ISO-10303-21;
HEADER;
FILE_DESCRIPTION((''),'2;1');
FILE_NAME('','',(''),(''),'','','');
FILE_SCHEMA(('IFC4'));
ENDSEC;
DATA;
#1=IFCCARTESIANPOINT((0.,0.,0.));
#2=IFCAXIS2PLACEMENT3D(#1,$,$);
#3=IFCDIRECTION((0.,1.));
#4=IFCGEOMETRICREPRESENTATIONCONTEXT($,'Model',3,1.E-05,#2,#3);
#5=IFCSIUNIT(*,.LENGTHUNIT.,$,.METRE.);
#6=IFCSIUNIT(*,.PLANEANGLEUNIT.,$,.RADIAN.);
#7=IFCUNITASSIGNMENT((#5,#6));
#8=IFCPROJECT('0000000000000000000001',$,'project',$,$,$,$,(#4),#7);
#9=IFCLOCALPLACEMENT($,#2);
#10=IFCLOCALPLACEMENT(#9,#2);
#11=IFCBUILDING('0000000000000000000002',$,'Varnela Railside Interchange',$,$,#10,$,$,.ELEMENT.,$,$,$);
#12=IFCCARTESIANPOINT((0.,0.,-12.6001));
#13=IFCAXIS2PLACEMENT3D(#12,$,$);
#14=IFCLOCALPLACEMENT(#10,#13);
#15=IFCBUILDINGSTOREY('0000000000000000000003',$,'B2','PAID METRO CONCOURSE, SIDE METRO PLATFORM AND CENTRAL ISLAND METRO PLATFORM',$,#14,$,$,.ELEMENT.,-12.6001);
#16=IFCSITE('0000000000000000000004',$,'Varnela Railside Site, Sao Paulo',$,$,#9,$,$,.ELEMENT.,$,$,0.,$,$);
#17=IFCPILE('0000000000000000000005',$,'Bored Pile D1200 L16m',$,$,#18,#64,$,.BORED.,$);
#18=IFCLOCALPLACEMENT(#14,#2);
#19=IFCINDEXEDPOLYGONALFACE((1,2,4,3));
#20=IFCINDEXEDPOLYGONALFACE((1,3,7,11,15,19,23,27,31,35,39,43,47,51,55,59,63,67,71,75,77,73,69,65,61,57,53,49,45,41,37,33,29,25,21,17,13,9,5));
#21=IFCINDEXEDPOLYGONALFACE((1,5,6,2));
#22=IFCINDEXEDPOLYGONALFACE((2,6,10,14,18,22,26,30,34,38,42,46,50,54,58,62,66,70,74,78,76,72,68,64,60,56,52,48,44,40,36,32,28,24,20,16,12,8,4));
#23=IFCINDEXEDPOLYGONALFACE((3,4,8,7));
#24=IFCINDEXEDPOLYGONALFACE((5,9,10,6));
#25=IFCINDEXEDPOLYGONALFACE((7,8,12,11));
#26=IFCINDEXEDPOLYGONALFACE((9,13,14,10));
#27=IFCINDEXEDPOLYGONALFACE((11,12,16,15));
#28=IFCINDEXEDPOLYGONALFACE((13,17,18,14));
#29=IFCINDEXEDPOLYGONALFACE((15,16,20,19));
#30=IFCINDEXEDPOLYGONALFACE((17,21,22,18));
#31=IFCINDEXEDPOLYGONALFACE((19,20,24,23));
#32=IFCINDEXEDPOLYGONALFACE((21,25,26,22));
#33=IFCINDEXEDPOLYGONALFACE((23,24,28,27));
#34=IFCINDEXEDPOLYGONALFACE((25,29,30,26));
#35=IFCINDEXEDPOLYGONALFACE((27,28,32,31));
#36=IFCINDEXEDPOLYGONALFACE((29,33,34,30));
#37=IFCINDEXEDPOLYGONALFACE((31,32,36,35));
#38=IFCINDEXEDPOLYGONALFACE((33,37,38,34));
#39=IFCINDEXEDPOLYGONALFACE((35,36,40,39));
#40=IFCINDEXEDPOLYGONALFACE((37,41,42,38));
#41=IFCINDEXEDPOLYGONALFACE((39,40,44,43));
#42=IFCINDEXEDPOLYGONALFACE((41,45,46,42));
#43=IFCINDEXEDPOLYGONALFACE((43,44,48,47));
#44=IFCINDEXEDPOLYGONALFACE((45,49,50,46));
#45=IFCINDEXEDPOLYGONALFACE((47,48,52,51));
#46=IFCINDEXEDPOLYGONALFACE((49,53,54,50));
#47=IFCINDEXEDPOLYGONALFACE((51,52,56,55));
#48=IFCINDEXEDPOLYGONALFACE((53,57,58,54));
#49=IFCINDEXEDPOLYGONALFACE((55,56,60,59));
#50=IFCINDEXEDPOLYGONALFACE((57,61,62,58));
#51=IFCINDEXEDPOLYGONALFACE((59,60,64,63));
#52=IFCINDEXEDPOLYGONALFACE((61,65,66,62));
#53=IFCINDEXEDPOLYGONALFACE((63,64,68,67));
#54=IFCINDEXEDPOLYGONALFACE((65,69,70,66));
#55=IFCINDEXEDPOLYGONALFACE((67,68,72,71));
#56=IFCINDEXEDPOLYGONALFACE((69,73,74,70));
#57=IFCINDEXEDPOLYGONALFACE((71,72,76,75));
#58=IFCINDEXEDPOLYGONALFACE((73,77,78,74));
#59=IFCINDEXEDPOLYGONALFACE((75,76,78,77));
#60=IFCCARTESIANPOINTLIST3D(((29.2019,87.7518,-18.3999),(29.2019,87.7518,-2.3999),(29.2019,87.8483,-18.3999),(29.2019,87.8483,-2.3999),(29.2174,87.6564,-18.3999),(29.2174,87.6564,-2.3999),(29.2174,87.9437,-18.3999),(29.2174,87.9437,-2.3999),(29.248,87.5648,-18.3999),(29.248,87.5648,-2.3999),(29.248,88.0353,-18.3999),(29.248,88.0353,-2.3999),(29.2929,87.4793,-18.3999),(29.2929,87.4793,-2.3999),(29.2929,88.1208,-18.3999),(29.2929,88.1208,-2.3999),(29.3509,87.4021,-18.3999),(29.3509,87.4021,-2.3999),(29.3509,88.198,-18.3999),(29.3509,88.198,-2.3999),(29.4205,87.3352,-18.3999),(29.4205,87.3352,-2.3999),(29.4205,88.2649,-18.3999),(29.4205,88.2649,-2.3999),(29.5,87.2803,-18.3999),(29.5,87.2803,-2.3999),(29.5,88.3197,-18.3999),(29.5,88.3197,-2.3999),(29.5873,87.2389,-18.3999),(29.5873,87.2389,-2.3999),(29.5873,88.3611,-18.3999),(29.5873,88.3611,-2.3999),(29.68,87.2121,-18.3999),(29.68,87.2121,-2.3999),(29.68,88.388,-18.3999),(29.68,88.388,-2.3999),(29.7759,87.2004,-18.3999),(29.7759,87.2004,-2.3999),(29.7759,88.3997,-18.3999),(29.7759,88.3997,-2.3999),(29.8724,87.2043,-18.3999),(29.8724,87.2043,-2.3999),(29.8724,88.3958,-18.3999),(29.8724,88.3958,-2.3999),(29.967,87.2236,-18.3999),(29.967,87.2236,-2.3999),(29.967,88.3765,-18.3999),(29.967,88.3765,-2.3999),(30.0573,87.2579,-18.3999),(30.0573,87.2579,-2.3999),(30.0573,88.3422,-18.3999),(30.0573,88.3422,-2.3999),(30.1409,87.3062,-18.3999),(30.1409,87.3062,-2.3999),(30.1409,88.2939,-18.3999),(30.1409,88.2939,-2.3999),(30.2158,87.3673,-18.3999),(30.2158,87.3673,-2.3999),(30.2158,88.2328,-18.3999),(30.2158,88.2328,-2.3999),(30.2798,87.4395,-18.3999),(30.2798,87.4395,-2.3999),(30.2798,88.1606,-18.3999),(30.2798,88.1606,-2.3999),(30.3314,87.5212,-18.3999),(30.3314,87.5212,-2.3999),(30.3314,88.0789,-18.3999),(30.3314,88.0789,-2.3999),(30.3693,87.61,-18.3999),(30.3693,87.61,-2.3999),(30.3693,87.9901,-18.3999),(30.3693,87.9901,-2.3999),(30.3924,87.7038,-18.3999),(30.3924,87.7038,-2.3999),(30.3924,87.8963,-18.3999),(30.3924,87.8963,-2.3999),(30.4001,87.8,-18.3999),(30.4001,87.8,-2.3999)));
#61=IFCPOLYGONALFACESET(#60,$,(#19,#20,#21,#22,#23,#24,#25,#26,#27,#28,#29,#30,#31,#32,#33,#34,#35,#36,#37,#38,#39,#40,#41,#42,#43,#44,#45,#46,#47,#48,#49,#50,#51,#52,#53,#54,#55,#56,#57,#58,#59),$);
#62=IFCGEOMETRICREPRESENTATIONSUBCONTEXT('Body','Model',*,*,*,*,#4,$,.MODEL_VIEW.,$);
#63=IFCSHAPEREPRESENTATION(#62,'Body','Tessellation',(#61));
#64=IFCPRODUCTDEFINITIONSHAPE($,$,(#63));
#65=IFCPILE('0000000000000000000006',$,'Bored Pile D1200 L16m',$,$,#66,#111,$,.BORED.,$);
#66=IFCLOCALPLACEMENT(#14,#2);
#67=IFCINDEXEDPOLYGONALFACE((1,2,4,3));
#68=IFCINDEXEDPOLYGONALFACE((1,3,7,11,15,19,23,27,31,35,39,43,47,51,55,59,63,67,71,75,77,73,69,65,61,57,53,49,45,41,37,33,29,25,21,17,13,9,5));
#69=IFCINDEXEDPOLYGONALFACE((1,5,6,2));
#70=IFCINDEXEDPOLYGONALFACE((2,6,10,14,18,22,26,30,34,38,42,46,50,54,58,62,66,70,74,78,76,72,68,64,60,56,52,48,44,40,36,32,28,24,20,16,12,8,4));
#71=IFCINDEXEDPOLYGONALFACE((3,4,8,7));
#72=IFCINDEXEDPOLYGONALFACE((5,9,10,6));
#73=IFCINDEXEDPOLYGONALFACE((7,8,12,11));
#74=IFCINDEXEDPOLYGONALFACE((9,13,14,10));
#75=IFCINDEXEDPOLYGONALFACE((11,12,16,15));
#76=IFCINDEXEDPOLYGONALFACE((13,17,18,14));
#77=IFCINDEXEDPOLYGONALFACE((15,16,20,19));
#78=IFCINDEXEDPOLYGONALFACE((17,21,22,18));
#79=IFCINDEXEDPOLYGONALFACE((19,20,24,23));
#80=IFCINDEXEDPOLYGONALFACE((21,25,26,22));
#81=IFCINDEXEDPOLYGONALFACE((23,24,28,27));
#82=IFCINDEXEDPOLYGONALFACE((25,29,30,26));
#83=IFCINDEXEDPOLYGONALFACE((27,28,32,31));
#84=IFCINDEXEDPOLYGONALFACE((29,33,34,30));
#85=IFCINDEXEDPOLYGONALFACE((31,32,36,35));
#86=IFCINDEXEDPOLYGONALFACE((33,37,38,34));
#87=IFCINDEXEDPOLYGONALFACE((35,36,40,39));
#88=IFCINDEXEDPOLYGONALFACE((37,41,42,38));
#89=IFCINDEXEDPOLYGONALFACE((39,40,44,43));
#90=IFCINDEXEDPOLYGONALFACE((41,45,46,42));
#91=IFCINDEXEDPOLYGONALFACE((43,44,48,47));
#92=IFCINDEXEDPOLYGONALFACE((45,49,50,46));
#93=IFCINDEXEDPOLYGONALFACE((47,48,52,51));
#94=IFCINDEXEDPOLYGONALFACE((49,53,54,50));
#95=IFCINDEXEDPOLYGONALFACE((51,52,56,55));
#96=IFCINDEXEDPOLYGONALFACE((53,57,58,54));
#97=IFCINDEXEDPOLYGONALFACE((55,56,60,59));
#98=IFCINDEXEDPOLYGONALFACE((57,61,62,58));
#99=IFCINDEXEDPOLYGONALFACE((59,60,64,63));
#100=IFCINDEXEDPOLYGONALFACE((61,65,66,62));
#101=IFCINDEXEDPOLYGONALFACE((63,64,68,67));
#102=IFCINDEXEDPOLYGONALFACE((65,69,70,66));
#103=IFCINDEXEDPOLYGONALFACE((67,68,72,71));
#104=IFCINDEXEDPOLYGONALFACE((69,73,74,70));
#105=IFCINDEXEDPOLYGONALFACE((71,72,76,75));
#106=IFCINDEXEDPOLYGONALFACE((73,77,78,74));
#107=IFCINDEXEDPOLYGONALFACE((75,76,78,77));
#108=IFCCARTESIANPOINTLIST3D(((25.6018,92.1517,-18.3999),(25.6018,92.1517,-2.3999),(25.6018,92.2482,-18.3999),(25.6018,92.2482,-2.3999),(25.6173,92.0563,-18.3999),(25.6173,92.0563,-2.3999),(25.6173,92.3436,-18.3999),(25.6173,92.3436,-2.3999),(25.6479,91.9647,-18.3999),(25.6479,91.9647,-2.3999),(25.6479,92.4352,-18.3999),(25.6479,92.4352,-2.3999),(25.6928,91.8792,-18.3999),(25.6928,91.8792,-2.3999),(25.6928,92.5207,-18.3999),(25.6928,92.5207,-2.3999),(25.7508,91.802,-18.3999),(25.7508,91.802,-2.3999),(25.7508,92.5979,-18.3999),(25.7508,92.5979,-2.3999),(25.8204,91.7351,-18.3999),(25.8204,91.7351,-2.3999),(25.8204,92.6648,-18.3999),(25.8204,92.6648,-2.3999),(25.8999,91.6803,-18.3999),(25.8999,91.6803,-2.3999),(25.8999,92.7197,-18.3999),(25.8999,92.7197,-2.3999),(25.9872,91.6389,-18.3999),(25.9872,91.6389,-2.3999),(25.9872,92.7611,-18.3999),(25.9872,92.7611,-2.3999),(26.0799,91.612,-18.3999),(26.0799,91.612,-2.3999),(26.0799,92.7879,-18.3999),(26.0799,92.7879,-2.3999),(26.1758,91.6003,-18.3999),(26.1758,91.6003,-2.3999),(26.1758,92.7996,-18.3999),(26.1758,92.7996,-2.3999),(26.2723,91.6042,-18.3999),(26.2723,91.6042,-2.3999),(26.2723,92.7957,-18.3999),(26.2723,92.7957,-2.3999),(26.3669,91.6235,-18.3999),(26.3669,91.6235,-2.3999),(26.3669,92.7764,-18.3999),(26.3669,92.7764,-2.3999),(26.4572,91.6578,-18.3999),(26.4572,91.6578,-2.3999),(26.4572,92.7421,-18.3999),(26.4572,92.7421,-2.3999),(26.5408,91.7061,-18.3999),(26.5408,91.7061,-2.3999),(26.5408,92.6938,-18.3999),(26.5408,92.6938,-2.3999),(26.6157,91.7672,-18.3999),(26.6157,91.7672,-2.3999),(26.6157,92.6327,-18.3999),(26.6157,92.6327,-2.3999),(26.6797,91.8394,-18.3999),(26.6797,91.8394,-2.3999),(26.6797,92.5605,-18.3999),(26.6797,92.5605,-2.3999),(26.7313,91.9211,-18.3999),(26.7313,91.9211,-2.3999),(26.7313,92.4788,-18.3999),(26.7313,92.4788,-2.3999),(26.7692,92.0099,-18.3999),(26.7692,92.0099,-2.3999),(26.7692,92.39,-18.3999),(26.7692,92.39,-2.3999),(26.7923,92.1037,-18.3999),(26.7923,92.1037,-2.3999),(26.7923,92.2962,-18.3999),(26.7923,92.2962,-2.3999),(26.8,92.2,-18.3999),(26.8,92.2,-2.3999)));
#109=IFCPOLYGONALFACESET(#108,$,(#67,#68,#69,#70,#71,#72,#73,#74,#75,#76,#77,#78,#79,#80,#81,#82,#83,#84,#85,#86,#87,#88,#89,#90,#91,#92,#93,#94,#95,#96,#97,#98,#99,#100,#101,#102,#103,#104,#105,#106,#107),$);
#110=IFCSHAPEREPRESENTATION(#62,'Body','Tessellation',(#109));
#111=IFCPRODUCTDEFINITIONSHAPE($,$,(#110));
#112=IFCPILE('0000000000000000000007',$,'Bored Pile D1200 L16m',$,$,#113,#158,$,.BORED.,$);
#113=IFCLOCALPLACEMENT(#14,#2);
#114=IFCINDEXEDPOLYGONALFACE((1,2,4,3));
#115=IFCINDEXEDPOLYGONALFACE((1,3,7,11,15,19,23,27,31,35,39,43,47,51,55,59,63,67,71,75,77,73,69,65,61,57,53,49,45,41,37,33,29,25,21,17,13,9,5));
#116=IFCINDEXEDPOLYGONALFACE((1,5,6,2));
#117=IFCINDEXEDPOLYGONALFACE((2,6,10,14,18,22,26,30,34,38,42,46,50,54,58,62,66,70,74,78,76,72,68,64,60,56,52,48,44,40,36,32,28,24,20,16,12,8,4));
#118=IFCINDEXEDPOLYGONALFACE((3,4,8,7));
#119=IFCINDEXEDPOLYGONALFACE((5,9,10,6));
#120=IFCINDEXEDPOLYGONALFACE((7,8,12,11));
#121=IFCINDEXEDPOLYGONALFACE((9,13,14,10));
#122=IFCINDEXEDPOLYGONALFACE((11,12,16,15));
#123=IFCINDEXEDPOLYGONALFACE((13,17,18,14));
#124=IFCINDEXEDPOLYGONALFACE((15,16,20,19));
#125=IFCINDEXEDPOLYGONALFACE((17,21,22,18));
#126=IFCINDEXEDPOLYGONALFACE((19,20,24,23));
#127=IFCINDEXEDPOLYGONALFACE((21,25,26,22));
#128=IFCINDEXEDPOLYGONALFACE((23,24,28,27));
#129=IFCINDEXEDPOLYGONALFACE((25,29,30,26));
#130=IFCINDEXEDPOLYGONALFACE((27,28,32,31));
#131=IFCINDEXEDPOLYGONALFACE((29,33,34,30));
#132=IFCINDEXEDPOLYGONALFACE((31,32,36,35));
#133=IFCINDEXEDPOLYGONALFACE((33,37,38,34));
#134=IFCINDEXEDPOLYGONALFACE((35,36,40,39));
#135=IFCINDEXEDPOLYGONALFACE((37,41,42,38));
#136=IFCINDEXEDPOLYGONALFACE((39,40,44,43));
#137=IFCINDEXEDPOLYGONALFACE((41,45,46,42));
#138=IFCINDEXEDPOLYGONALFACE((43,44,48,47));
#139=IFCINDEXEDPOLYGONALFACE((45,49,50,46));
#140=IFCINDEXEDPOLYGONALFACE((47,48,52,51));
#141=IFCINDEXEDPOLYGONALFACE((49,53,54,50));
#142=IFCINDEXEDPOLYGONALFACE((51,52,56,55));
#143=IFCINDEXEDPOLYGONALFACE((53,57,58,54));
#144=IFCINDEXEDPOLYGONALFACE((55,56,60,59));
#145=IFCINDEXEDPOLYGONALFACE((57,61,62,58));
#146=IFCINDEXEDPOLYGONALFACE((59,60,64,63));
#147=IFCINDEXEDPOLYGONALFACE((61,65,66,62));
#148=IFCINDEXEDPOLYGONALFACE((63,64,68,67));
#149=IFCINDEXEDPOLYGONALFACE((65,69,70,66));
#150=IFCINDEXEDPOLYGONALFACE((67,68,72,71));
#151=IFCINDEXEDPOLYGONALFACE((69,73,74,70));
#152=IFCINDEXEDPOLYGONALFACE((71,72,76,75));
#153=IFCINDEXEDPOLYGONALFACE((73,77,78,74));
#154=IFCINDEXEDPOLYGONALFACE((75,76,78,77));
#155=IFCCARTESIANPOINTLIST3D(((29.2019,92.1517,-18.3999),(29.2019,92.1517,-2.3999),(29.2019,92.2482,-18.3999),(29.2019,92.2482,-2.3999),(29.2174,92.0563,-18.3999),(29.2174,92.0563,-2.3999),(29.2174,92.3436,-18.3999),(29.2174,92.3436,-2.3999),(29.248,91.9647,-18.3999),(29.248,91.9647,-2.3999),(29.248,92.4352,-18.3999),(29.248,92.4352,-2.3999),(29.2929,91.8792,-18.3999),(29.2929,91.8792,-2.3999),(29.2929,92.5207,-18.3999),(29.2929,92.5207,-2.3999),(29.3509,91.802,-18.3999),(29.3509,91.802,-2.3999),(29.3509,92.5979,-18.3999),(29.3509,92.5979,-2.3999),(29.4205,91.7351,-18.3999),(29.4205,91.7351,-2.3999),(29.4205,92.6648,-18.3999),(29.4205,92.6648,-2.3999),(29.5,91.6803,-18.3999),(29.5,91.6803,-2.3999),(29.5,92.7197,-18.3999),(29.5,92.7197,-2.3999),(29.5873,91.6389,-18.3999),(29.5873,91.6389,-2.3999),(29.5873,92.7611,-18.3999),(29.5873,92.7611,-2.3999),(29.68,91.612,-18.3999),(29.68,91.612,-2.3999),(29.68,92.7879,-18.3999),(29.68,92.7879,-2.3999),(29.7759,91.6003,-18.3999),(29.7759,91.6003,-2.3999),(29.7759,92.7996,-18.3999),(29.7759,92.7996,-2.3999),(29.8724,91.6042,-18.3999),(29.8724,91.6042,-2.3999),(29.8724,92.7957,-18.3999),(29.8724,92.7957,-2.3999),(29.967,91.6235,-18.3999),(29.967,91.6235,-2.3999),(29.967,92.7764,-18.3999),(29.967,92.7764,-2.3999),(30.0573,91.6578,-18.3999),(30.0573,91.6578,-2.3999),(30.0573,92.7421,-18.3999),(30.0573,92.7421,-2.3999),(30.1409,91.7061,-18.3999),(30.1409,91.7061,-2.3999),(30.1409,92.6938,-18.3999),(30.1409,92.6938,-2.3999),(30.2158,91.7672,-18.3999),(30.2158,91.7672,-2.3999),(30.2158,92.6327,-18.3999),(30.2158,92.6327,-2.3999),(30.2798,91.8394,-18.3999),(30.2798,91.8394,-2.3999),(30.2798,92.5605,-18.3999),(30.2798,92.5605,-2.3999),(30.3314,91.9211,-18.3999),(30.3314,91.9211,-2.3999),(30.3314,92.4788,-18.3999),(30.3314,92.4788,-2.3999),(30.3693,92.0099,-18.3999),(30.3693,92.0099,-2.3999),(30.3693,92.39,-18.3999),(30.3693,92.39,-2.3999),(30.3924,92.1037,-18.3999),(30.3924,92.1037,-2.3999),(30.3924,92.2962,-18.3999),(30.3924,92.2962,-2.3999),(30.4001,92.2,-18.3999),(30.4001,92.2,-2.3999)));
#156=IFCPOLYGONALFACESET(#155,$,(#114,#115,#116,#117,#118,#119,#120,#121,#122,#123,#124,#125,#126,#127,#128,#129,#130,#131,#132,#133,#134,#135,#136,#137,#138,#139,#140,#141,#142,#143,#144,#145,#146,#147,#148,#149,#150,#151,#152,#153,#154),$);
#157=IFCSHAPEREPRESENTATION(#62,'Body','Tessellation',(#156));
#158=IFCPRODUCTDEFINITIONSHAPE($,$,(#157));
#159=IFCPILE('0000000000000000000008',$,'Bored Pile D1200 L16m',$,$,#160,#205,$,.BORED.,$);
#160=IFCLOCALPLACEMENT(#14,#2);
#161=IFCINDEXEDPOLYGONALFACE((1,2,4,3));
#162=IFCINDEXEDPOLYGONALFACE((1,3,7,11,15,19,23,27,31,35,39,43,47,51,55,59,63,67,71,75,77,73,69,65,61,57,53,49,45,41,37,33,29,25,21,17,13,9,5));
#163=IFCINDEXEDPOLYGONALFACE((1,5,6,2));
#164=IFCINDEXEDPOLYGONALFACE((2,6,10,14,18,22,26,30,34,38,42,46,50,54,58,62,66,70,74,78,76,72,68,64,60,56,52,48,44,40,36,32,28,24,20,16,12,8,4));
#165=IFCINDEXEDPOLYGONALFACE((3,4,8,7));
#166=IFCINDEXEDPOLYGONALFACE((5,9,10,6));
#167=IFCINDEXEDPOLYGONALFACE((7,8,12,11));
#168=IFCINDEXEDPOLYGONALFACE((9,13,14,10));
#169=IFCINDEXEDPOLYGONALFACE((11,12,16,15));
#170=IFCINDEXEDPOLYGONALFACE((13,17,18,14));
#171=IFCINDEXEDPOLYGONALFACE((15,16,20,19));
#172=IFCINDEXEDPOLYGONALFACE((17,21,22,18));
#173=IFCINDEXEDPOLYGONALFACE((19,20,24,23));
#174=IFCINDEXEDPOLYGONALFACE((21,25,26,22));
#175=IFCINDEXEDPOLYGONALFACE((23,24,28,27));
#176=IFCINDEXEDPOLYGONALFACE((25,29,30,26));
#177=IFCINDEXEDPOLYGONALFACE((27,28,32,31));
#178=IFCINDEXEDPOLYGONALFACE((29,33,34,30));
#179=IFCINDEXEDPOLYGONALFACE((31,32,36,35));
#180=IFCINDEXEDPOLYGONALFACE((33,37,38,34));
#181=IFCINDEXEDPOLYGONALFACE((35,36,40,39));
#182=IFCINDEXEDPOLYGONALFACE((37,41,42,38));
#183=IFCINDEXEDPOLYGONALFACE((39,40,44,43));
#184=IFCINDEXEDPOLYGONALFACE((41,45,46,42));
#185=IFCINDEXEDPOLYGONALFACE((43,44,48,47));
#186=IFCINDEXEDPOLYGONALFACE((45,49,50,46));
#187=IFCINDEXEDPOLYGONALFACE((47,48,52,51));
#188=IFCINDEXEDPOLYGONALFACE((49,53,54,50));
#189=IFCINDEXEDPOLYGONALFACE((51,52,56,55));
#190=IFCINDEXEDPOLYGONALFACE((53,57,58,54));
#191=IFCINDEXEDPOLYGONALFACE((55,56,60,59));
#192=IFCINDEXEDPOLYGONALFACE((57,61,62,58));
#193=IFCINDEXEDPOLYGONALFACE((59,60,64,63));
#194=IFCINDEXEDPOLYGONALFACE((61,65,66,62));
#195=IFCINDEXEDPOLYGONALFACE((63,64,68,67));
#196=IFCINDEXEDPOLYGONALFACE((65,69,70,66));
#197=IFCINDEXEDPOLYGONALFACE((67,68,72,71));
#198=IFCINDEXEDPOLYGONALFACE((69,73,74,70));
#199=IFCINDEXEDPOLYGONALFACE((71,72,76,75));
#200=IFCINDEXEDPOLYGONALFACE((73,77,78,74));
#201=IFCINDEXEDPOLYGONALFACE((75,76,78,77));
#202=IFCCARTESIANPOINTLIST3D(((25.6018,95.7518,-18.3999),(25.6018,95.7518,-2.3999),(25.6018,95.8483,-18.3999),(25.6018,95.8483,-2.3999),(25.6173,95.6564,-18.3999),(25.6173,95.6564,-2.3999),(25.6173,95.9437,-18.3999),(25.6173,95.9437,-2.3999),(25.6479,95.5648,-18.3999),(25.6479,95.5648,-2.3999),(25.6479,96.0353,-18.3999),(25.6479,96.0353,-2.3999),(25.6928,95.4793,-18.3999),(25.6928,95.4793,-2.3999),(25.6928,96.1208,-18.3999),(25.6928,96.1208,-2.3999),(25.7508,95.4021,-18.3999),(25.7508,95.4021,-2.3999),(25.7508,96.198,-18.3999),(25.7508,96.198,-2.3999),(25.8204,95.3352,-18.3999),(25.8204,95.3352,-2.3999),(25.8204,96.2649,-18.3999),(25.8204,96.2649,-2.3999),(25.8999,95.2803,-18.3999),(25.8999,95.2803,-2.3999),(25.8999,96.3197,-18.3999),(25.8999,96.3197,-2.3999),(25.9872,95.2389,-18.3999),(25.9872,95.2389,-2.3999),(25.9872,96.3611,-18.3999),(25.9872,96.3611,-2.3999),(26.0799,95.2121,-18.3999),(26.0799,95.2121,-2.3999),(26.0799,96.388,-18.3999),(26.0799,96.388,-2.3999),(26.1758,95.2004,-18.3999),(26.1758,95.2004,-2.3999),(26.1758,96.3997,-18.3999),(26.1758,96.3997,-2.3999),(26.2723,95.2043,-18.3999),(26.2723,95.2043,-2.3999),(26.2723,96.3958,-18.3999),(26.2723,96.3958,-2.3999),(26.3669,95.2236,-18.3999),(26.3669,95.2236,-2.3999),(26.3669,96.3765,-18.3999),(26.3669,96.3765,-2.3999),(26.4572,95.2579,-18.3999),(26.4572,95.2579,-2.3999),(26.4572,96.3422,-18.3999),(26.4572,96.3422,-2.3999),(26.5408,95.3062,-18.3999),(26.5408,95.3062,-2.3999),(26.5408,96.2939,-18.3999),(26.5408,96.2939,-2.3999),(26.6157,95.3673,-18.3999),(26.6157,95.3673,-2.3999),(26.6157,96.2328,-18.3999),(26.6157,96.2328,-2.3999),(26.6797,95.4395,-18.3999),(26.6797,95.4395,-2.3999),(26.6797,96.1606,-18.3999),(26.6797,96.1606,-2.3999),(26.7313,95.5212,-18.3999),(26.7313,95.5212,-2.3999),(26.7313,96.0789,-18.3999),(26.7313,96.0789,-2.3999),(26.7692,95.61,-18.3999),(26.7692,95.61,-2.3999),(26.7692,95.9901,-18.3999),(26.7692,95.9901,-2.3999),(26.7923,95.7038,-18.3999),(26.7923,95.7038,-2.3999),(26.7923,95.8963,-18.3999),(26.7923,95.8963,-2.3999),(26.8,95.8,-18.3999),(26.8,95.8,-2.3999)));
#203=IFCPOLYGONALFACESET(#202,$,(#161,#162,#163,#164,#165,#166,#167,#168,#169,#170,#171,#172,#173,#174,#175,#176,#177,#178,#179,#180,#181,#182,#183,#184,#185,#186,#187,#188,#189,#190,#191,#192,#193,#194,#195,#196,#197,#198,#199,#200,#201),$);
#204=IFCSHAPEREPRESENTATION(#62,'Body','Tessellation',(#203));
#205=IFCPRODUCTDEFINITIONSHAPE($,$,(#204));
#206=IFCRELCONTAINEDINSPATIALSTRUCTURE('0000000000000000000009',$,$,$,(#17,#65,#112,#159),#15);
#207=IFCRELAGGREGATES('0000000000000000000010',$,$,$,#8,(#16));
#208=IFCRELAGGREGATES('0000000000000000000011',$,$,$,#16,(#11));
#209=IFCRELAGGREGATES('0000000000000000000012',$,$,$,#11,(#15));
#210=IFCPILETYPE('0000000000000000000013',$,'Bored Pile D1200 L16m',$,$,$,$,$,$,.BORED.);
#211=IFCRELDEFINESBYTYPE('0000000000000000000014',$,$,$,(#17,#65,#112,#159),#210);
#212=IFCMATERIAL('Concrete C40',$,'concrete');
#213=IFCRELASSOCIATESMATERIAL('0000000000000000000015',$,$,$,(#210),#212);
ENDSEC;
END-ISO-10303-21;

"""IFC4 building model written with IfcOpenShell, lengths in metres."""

from ifc_helpers import new_model, si_unit, direction, frame, origin, origin_2d, place, context, subcontext, project, spatial, circle, extrude, material, material_profile, profile_set, type_object, element, save


model = new_model("IFC4")

# Units and contexts
model_context = context("Model", 3, precision=1e-05, world=origin(), true_north=direction((0.0, 1.0)))
body_context = subcontext(model_context, "Body", "Model", "MODEL_VIEW")
ifc_project = project(units=[si_unit("LENGTHUNIT", "METRE"), si_unit("PLANEANGLEUNIT", "RADIAN")], contexts=[model_context])

# Site, building, storey
site_placement = place(None, origin())
site = spatial("IfcSite", under=ifc_project, at=site_placement, Name="Varnela Railside Site, Sao Paulo", CompositionType="ELEMENT", RefElevation=0.0)
building_placement = place(site_placement, origin())
building = spatial("IfcBuilding", under=site, at=building_placement, Name="Varnela Railside Interchange", CompositionType="ELEMENT")
storey_placement = place(building_placement, frame((0.0, 0.0, -12.6001)))
storey = spatial("IfcBuildingStorey", under=building, at=storey_placement, Name="B2", Description="PAID METRO CONCOURSE, SIDE METRO PLATFORM AND CENTRAL ISLAND METRO PLATFORM", CompositionType="ELEMENT", Elevation=-12.6001)

# Piles
ifc_material_1 = material(Name="Concrete C40", Category="concrete")
ifc_material_profile_1 = material_profile(ifc_material_1, circle(Radius=0.6001, at=origin_2d()), Name="BORED PILE D1200")
ifc_profile_set_1 = profile_set([ifc_material_profile_1], Name="Concrete C40")
pile_type = type_object("IfcPileType", Name="Bored Pile D1200 L16m", PredefinedType="BORED", material=ifc_profile_set_1)
for number, where, z_axis, x_axis, name in (
    (1, (29.8, 87.8, -2.3999), (0.0, 0.0, -1.0), (1.0, 0.0, 0.0), "Bored Pile D1200 L16m"),
    (2, (26.2, 92.2, -2.3999), (0.0, 0.0, -1.0), (1.0, 0.0, 0.0), "Bored Pile D1200 L16m"),
    (3, (29.8, 92.2, -2.3999), (0.0, 0.0, -1.0), (1.0, 0.0, 0.0), "Bored Pile D1200 L16m"),
    (4, (26.2, 95.8, -2.3999), (0.0, 0.0, -1.0), (1.0, 0.0, 0.0), "Bored Pile D1200 L16m"),
):
    element("IfcPile", number, at=place(storey_placement, frame(where, z_axis=z_axis, x_axis=x_axis)), inside=storey, type_object=pile_type, Name=name, PredefinedType="BORED", context=body_context, shape_type="SweptSolid", body=[
        extrude(circle(Radius=0.6001, at=origin_2d()), origin(), (0.0, 0.0, 1.0), 16.0),
    ])

save(model, "model.ifc")
